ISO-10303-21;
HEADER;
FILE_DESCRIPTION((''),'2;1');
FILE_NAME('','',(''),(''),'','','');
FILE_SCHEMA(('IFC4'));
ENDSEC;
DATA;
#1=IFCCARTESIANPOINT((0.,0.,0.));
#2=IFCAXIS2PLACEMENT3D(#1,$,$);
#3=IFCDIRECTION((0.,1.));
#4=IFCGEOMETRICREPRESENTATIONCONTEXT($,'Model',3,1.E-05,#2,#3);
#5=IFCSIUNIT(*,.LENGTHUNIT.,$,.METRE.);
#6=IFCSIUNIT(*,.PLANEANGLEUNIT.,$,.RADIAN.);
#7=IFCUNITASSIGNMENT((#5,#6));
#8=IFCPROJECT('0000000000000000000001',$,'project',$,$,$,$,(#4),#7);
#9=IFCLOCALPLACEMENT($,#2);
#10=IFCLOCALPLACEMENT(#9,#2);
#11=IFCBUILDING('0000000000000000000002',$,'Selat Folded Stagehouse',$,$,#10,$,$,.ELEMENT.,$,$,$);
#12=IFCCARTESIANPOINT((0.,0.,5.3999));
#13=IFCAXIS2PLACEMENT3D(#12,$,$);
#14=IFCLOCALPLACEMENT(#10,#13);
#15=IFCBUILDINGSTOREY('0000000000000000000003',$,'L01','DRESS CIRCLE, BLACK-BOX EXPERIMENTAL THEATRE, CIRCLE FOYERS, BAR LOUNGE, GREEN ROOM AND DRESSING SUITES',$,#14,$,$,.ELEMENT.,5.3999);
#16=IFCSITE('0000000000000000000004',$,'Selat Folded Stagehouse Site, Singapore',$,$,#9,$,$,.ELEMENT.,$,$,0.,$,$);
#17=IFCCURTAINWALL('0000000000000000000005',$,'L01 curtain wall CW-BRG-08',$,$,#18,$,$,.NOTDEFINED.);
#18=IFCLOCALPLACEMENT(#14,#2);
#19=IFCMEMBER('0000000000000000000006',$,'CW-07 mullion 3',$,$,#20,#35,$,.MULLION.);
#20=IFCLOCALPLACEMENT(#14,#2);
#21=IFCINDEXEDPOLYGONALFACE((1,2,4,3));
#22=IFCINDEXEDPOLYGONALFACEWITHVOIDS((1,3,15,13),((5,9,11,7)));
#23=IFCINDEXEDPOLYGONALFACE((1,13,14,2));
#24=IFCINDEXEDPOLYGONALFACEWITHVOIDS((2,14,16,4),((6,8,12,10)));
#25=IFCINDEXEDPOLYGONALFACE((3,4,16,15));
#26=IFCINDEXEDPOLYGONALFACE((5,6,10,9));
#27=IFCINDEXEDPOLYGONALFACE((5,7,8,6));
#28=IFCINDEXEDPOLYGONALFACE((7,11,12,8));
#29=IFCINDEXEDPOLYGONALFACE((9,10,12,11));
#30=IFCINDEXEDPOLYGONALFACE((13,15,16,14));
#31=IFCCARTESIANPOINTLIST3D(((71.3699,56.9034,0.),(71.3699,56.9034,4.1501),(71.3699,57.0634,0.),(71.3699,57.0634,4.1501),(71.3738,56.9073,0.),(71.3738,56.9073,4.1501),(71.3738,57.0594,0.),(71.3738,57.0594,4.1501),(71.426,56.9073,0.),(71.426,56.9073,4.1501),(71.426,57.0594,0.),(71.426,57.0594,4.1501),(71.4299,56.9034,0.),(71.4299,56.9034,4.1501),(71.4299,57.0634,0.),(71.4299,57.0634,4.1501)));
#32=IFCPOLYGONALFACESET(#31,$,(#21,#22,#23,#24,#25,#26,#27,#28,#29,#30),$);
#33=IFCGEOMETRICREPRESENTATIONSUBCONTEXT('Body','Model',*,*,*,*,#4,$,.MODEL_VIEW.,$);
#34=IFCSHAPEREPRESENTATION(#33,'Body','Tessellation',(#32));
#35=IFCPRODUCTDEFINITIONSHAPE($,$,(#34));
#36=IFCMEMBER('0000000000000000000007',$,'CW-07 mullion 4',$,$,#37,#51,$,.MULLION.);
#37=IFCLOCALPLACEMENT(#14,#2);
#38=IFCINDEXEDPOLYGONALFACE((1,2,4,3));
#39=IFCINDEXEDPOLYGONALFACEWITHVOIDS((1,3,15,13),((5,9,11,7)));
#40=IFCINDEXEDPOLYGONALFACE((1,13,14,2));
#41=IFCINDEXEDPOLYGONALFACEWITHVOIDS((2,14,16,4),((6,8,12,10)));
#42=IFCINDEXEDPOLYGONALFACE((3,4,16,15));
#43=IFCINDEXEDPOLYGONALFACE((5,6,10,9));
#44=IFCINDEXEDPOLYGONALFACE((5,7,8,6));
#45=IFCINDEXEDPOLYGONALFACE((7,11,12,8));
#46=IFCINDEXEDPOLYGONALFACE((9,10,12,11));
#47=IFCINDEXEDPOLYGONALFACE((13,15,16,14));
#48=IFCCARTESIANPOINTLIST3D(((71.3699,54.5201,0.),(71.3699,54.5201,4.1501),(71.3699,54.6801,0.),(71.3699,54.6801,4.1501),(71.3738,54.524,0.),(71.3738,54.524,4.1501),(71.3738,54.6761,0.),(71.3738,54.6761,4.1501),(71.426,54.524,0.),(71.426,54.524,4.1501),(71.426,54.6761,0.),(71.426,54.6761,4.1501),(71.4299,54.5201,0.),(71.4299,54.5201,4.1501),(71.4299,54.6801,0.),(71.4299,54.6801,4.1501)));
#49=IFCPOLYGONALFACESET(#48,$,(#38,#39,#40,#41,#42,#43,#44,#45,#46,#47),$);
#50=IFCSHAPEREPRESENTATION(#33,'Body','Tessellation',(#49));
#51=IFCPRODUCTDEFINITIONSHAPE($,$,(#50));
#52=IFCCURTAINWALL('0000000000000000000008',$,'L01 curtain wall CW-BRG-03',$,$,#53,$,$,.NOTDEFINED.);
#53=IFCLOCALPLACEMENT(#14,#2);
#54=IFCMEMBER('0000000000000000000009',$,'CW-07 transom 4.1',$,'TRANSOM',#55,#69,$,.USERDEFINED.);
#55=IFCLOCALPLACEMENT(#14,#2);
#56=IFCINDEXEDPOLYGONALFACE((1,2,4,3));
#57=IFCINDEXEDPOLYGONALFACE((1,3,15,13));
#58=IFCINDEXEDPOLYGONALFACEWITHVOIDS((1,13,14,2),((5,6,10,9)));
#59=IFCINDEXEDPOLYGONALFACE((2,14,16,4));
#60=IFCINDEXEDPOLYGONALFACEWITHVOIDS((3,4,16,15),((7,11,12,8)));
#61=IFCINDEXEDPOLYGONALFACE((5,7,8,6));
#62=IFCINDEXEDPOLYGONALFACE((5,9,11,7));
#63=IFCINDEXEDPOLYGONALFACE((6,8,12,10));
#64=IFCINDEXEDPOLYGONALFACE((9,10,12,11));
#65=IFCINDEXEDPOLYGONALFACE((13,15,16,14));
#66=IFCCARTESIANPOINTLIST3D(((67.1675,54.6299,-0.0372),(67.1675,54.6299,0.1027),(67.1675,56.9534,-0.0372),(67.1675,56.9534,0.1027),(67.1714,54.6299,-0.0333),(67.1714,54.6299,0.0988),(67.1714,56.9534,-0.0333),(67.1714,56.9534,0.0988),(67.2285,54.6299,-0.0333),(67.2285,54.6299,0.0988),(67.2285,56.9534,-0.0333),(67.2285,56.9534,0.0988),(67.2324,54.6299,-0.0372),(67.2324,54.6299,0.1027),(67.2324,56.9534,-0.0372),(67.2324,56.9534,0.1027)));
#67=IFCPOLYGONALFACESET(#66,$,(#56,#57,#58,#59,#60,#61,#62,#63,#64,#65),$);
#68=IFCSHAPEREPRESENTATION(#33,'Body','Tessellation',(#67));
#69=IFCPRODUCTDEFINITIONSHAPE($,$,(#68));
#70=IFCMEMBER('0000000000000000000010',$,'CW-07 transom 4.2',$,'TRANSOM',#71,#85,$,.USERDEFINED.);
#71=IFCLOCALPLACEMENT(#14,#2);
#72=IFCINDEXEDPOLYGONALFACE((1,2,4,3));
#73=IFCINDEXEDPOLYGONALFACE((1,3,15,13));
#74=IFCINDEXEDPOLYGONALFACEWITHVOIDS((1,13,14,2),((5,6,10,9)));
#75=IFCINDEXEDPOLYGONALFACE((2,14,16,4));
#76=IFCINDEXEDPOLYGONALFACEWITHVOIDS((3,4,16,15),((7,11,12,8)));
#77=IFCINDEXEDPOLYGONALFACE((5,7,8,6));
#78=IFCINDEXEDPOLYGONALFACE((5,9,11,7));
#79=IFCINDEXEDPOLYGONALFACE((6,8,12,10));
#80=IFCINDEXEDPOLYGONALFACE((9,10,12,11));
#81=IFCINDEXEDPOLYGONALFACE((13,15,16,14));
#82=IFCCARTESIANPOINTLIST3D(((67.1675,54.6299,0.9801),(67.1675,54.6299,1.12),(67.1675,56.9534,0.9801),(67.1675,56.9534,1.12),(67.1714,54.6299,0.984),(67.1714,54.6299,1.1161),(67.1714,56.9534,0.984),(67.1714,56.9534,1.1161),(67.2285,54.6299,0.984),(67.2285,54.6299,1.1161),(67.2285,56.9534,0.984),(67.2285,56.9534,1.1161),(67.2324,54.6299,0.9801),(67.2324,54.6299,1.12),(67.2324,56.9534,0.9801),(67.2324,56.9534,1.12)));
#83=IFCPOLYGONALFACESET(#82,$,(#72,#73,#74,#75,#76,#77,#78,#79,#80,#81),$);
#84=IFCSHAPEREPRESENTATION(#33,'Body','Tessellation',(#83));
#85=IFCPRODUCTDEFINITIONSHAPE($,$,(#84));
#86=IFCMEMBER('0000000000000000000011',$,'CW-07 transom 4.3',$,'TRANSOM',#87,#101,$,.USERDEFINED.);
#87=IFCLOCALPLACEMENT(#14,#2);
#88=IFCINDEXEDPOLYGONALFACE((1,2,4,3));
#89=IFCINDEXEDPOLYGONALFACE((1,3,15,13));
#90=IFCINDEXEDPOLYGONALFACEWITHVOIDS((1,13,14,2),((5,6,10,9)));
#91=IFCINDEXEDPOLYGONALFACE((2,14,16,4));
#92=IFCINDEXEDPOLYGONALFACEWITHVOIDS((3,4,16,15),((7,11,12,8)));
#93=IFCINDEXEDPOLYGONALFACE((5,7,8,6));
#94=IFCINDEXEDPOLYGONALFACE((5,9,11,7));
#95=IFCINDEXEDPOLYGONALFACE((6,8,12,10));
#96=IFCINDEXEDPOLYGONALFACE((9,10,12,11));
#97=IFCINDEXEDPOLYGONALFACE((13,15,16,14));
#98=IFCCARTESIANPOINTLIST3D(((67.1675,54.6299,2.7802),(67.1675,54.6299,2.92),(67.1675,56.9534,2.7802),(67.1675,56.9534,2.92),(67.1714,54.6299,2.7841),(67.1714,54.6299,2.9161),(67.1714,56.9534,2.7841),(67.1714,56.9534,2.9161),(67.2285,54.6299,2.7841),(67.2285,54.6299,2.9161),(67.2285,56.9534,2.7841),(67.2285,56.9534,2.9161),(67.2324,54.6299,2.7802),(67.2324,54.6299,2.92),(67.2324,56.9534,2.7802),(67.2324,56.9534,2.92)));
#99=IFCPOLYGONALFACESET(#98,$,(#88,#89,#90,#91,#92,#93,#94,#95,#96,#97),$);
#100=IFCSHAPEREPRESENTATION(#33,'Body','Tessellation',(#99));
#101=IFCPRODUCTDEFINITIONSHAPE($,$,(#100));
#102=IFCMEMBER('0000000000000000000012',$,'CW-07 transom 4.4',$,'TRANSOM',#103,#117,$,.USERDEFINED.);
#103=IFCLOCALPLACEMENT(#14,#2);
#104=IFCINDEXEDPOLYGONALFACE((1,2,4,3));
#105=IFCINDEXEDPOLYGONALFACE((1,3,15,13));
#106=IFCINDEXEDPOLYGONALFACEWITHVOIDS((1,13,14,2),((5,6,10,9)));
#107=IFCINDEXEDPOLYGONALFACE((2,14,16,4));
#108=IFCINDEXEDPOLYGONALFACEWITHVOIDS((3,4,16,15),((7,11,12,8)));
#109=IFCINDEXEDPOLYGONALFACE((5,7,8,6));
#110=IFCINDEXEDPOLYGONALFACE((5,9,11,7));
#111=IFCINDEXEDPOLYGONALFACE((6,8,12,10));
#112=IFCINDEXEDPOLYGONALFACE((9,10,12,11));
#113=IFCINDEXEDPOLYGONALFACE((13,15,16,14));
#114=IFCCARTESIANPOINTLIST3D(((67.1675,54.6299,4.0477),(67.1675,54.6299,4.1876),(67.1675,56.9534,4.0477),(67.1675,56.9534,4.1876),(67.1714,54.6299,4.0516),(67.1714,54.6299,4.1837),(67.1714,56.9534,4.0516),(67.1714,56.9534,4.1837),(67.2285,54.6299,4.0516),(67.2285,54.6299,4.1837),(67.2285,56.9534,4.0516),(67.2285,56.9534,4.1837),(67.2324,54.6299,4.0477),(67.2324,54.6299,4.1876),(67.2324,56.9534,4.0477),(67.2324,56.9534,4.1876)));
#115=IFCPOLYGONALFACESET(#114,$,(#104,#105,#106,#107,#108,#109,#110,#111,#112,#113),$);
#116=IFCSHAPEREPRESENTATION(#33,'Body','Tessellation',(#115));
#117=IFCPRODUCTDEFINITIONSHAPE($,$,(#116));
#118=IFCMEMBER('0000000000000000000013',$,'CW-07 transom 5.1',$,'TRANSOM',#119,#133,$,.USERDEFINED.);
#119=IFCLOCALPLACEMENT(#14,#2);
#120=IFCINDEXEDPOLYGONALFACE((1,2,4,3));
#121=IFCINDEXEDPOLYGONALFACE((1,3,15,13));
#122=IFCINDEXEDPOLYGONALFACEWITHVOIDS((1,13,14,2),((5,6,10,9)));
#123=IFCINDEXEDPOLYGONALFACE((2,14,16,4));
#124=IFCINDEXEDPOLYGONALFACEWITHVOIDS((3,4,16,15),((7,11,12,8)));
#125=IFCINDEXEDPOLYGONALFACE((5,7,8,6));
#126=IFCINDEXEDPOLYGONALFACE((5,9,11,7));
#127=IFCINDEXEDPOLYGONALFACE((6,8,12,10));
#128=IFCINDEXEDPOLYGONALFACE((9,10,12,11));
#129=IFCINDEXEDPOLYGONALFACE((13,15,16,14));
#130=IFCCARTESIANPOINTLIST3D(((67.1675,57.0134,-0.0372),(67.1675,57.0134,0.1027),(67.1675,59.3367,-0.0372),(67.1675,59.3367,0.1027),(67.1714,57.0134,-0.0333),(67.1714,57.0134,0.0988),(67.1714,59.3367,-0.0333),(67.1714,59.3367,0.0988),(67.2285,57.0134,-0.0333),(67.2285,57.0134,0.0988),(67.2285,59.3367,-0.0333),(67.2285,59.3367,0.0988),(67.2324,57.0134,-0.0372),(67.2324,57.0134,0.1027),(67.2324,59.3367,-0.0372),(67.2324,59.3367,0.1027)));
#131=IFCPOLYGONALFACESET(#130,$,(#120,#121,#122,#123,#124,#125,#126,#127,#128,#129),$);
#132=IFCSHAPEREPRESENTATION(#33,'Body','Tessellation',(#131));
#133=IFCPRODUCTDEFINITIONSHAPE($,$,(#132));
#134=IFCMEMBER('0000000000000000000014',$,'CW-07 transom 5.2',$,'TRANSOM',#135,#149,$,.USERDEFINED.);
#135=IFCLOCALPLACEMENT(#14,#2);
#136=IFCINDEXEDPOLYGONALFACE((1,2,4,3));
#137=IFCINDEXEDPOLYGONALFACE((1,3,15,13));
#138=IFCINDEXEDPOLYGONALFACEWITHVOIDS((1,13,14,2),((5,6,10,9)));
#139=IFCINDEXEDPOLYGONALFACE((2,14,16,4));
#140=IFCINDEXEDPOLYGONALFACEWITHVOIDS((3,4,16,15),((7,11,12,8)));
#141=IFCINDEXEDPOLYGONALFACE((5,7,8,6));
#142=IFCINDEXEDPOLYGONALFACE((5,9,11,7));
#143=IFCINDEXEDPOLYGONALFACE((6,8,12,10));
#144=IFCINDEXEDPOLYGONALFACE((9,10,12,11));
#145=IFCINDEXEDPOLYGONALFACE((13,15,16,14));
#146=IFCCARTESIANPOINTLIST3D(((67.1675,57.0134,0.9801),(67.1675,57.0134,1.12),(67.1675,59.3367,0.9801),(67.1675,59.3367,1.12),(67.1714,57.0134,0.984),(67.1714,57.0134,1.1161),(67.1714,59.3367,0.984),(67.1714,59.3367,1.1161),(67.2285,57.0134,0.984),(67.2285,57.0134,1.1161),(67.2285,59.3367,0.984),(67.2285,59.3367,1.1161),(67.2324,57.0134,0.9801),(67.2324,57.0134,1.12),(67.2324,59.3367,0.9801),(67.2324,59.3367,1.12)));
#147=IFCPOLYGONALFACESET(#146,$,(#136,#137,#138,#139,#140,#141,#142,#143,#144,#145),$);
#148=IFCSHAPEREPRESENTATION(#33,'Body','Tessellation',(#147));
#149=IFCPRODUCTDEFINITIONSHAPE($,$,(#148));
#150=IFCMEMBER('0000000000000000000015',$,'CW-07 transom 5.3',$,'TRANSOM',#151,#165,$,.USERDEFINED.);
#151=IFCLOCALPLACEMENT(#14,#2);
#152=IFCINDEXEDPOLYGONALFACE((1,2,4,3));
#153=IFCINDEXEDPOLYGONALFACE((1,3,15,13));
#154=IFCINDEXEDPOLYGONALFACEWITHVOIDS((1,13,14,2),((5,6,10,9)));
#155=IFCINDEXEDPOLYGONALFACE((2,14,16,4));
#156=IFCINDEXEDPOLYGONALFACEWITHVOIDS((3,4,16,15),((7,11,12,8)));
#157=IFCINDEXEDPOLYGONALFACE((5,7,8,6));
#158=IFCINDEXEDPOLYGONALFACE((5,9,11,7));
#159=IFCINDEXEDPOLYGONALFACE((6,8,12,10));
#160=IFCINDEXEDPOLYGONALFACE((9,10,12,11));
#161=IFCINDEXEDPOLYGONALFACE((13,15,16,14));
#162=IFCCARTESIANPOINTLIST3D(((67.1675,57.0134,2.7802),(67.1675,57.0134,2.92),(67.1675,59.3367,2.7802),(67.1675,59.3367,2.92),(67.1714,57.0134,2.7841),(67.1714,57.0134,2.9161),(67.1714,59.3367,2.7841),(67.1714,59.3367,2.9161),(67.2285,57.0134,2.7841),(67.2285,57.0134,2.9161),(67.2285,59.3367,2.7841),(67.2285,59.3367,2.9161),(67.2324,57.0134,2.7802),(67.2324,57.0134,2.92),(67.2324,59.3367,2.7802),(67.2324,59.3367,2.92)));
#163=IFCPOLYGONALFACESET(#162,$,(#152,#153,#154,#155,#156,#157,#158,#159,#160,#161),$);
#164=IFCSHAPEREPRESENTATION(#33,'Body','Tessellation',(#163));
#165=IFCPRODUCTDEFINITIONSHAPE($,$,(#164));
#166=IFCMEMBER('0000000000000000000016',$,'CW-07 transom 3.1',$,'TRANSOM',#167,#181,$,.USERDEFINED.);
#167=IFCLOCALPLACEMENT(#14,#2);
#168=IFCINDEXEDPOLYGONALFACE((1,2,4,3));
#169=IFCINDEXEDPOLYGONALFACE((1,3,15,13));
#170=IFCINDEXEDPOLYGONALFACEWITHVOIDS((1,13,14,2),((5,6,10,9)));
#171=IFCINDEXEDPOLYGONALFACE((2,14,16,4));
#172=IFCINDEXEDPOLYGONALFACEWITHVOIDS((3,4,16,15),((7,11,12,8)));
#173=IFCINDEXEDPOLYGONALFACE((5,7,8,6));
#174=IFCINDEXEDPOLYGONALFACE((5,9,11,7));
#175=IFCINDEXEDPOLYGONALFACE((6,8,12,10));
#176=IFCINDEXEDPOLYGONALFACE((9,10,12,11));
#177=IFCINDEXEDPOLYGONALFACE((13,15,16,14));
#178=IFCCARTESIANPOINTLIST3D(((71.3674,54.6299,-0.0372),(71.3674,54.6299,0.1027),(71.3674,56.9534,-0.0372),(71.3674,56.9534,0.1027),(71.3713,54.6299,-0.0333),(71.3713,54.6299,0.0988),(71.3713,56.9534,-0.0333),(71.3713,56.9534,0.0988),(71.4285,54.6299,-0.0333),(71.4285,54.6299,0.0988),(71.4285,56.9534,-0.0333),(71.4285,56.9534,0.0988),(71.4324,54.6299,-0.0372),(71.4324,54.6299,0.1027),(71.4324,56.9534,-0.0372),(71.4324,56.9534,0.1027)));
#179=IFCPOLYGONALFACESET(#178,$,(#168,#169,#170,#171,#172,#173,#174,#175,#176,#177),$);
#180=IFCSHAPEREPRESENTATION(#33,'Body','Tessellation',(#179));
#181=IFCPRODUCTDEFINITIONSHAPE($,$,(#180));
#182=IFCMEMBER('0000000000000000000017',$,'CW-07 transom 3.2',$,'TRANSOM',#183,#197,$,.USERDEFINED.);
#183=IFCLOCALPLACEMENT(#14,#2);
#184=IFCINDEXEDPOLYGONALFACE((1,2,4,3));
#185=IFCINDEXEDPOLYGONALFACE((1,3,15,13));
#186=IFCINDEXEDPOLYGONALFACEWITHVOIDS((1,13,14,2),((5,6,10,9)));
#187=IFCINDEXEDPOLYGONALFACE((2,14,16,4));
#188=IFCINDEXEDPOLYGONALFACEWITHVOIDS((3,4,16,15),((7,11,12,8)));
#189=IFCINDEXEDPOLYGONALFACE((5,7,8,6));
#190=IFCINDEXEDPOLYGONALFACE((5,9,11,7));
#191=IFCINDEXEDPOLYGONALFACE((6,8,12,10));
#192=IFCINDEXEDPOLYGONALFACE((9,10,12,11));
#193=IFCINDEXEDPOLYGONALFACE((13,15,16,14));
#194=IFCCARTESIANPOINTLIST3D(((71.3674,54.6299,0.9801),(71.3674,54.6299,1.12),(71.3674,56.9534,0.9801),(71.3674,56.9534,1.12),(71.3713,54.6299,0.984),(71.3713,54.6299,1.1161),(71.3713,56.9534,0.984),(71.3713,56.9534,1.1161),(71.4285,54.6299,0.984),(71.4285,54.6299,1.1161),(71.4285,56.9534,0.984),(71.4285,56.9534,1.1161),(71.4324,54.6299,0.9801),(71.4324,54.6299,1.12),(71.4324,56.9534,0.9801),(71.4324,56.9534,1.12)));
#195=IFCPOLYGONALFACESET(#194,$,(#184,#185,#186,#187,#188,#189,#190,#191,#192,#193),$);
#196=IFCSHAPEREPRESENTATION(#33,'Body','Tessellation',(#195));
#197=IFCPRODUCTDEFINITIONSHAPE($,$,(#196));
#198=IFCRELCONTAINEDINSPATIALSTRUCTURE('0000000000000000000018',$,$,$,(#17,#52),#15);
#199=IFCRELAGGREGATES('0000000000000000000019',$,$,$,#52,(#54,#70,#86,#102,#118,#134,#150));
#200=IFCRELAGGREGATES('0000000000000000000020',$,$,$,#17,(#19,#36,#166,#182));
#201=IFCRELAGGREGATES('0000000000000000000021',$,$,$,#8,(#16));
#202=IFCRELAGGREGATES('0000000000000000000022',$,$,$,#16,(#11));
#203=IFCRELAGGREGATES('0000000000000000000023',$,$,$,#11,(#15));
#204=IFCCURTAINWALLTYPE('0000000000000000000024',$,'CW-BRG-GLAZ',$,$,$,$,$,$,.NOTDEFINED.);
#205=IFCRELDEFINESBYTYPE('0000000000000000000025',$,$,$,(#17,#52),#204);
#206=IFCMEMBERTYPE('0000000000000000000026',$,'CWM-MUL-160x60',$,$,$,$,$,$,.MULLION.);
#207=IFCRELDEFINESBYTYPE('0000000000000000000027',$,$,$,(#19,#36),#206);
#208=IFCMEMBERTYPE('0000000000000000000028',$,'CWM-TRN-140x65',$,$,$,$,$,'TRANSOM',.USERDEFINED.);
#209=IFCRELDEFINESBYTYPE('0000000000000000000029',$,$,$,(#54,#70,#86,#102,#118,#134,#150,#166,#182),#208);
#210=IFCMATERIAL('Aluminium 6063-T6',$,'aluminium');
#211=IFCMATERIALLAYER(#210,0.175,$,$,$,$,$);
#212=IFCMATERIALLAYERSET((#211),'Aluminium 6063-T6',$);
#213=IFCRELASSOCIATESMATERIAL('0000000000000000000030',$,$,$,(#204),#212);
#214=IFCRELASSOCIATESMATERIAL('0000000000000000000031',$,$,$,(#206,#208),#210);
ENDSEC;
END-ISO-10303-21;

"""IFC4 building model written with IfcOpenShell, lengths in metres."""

from ifc_helpers import new_model, si_unit, direction, frame, origin, origin_2d, place, context, subcontext, project, spatial, hollow_rectangle, extrude, material, layer, layer_set, material_profile, profile_set, type_object, element, aggregate, save


model = new_model("IFC4")

# Units and contexts
model_context = context("Model", 3, precision=1e-05, world=origin(), true_north=direction((0.0, 1.0)))
body_context = subcontext(model_context, "Body", "Model", "MODEL_VIEW")
ifc_project = project(units=[si_unit("LENGTHUNIT", "METRE"), si_unit("PLANEANGLEUNIT", "RADIAN")], contexts=[model_context])

# Site, building, storey
site_placement = place(None, origin())
site = spatial("IfcSite", under=ifc_project, at=site_placement, Name="Selat Folded Stagehouse Site, Singapore", CompositionType="ELEMENT", RefElevation=0.0)
building_placement = place(site_placement, origin())
building = spatial("IfcBuilding", under=site, at=building_placement, Name="Selat Folded Stagehouse", CompositionType="ELEMENT")
storey_placement = place(building_placement, frame((0.0, 0.0, 5.3999)))
storey = spatial("IfcBuildingStorey", under=building, at=storey_placement, Name="L01", Description="DRESS CIRCLE, BLACK-BOX EXPERIMENTAL THEATRE, CIRCLE FOYERS, BAR LOUNGE, GREEN ROOM AND DRESSING SUITES", CompositionType="ELEMENT", Elevation=5.3999)

# Curtain walls, members
ifc_material_1 = material(Name="Aluminium 6063-T6", Category="aluminium")
ifc_layer_1 = layer(ifc_material_1, 0.175)
ifc_layer_set_1 = layer_set([ifc_layer_1], Name="Aluminium 6063-T6")
curtain_wall_type = type_object("IfcCurtainWallType", Name="CW-BRG-GLAZ", PredefinedType="NOTDEFINED", material=ifc_layer_set_1)
curtain_wall_1_placement = place(storey_placement, origin())
curtain_wall_1 = element("IfcCurtainWall", 1, at=curtain_wall_1_placement, inside=storey, type_object=curtain_wall_type, Name="L01 curtain wall CW-BRG-08", PredefinedType="NOTDEFINED")
ifc_material_profile_1 = material_profile(ifc_material_1, hollow_rectangle(XDim=0.0601, YDim=0.1599, WallThickness=0.0039, at=origin_2d()), Name="ALU 160x60x4.0")
ifc_profile_set_1 = profile_set([ifc_material_profile_1], Name="Aluminium 6063-T6")
member_type_1 = type_object("IfcMemberType", Name="CWM-MUL-160x60", PredefinedType="MULLION", material=ifc_profile_set_1)
member_1_placement = place(storey_placement, frame((71.3999, 56.9834, 0.0), z_axis=(0.0, 0.0, 1.0), x_axis=(1.0, 0.0, 0.0)))
member_1 = element("IfcMember", 2, at=member_1_placement, type_object=member_type_1, Name="CW-07 mullion 3", PredefinedType="MULLION", context=body_context, shape_type="SweptSolid", body=[
    extrude(hollow_rectangle(XDim=0.0601, YDim=0.1599, WallThickness=0.0039, at=origin_2d()), origin(), (0.0, 0.0, 1.0), 4.1501),
])
member_2_placement = place(storey_placement, frame((71.3999, 54.6001, 0.0), z_axis=(0.0, 0.0, 1.0), x_axis=(1.0, 0.0, 0.0)))
member_2 = element("IfcMember", 3, at=member_2_placement, type_object=member_type_1, Name="CW-07 mullion 4", PredefinedType="MULLION", context=body_context, shape_type="SweptSolid", body=[
    extrude(hollow_rectangle(XDim=0.0601, YDim=0.1599, WallThickness=0.0039, at=origin_2d()), origin(), (0.0, 0.0, 1.0), 4.1501),
])
curtain_wall_2_placement = place(storey_placement, origin())
curtain_wall_2 = element("IfcCurtainWall", 4, at=curtain_wall_2_placement, inside=storey, type_object=curtain_wall_type, Name="L01 curtain wall CW-BRG-03", PredefinedType="NOTDEFINED")
ifc_material_profile_2 = material_profile(ifc_material_1, hollow_rectangle(XDim=0.0649, YDim=0.1399, WallThickness=0.0039, at=origin_2d()), Name="ALU 140x65x4.0")
ifc_profile_set_2 = profile_set([ifc_material_profile_2], Name="Aluminium 6063-T6")
member_type_2 = type_object("IfcMemberType", Name="CWM-TRN-140x65", ElementType="TRANSOM", PredefinedType="USERDEFINED", material=ifc_profile_set_2)
member_3_placement = place(storey_placement, frame((67.2, 54.6299, 0.0327), z_axis=(0.0, 1.0, 0.0), x_axis=(-1.0, 0.0, 0.0)))
member_3 = element("IfcMember", 5, at=member_3_placement, type_object=member_type_2, Name="CW-07 transom 4.1", ObjectType="TRANSOM", PredefinedType="USERDEFINED", context=body_context, shape_type="SweptSolid", body=[
    extrude(hollow_rectangle(XDim=0.0649, YDim=0.1399, WallThickness=0.0039, at=origin_2d()), origin(), (0.0, 0.0, 1.0), 2.3235),
])
member_4_placement = place(storey_placement, frame((67.2, 54.6299, 1.05), z_axis=(0.0, 1.0, 0.0), x_axis=(-1.0, 0.0, 0.0)))
member_4 = element("IfcMember", 6, at=member_4_placement, type_object=member_type_2, Name="CW-07 transom 4.2", ObjectType="TRANSOM", PredefinedType="USERDEFINED", context=body_context, shape_type="SweptSolid", body=[
    extrude(hollow_rectangle(XDim=0.0649, YDim=0.1399, WallThickness=0.0039, at=origin_2d()), origin(), (0.0, 0.0, 1.0), 2.3235),
])
member_5_placement = place(storey_placement, frame((67.2, 54.6299, 2.8501), z_axis=(0.0, 1.0, 0.0), x_axis=(-1.0, 0.0, 0.0)))
member_5 = element("IfcMember", 7, at=member_5_placement, type_object=member_type_2, Name="CW-07 transom 4.3", ObjectType="TRANSOM", PredefinedType="USERDEFINED", context=body_context, shape_type="SweptSolid", body=[
    extrude(hollow_rectangle(XDim=0.0649, YDim=0.1399, WallThickness=0.0039, at=origin_2d()), origin(), (0.0, 0.0, 1.0), 2.3235),
])
member_6_placement = place(storey_placement, frame((67.2, 54.6299, 4.1177), z_axis=(0.0, 1.0, 0.0), x_axis=(-1.0, 0.0, 0.0)))
member_6 = element("IfcMember", 8, at=member_6_placement, type_object=member_type_2, Name="CW-07 transom 4.4", ObjectType="TRANSOM", PredefinedType="USERDEFINED", context=body_context, shape_type="SweptSolid", body=[
    extrude(hollow_rectangle(XDim=0.0649, YDim=0.1399, WallThickness=0.0039, at=origin_2d()), origin(), (0.0, 0.0, 1.0), 2.3235),
])
member_7_placement = place(storey_placement, frame((67.2, 57.0134, 0.0327), z_axis=(0.0, 1.0, 0.0), x_axis=(-1.0, 0.0, 0.0)))
member_7 = element("IfcMember", 9, at=member_7_placement, type_object=member_type_2, Name="CW-07 transom 5.1", ObjectType="TRANSOM", PredefinedType="USERDEFINED", context=body_context, shape_type="SweptSolid", body=[
    extrude(hollow_rectangle(XDim=0.0649, YDim=0.1399, WallThickness=0.0039, at=origin_2d()), origin(), (0.0, 0.0, 1.0), 2.3232),
])
member_8_placement = place(storey_placement, frame((67.2, 57.0134, 1.05), z_axis=(0.0, 1.0, 0.0), x_axis=(-1.0, 0.0, 0.0)))
member_8 = element("IfcMember", 10, at=member_8_placement, type_object=member_type_2, Name="CW-07 transom 5.2", ObjectType="TRANSOM", PredefinedType="USERDEFINED", context=body_context, shape_type="SweptSolid", body=[
    extrude(hollow_rectangle(XDim=0.0649, YDim=0.1399, WallThickness=0.0039, at=origin_2d()), origin(), (0.0, 0.0, 1.0), 2.3232),
])
member_9_placement = place(storey_placement, frame((67.2, 57.0134, 2.8501), z_axis=(0.0, 1.0, 0.0), x_axis=(-1.0, 0.0, 0.0)))
member_9 = element("IfcMember", 11, at=member_9_placement, type_object=member_type_2, Name="CW-07 transom 5.3", ObjectType="TRANSOM", PredefinedType="USERDEFINED", context=body_context, shape_type="SweptSolid", body=[
    extrude(hollow_rectangle(XDim=0.0649, YDim=0.1399, WallThickness=0.0039, at=origin_2d()), origin(), (0.0, 0.0, 1.0), 2.3232),
])

# Members
member_10_placement = place(storey_placement, frame((71.3999, 56.9534, 0.0327), z_axis=(0.0, -1.0, 0.0), x_axis=(1.0, 0.0, 0.0)))
member_10 = element("IfcMember", 12, at=member_10_placement, type_object=member_type_2, Name="CW-07 transom 3.1", ObjectType="TRANSOM", PredefinedType="USERDEFINED", context=body_context, shape_type="SweptSolid", body=[
    extrude(hollow_rectangle(XDim=0.0649, YDim=0.1399, WallThickness=0.0039, at=origin_2d()), origin(), (0.0, 0.0, 1.0), 2.3235),
])
member_11_placement = place(storey_placement, frame((71.3999, 56.9534, 1.05), z_axis=(0.0, -1.0, 0.0), x_axis=(1.0, 0.0, 0.0)))
member_11 = element("IfcMember", 13, at=member_11_placement, type_object=member_type_2, Name="CW-07 transom 3.2", ObjectType="TRANSOM", PredefinedType="USERDEFINED", context=body_context, shape_type="SweptSolid", body=[
    extrude(hollow_rectangle(XDim=0.0649, YDim=0.1399, WallThickness=0.0039, at=origin_2d()), origin(), (0.0, 0.0, 1.0), 2.3235),
])

aggregate(curtain_wall_2, [member_3, member_4, member_5, member_6, member_7, member_8, member_9])
aggregate(curtain_wall_1, [member_1, member_2, member_10, member_11])

save(model, "model.ifc")
